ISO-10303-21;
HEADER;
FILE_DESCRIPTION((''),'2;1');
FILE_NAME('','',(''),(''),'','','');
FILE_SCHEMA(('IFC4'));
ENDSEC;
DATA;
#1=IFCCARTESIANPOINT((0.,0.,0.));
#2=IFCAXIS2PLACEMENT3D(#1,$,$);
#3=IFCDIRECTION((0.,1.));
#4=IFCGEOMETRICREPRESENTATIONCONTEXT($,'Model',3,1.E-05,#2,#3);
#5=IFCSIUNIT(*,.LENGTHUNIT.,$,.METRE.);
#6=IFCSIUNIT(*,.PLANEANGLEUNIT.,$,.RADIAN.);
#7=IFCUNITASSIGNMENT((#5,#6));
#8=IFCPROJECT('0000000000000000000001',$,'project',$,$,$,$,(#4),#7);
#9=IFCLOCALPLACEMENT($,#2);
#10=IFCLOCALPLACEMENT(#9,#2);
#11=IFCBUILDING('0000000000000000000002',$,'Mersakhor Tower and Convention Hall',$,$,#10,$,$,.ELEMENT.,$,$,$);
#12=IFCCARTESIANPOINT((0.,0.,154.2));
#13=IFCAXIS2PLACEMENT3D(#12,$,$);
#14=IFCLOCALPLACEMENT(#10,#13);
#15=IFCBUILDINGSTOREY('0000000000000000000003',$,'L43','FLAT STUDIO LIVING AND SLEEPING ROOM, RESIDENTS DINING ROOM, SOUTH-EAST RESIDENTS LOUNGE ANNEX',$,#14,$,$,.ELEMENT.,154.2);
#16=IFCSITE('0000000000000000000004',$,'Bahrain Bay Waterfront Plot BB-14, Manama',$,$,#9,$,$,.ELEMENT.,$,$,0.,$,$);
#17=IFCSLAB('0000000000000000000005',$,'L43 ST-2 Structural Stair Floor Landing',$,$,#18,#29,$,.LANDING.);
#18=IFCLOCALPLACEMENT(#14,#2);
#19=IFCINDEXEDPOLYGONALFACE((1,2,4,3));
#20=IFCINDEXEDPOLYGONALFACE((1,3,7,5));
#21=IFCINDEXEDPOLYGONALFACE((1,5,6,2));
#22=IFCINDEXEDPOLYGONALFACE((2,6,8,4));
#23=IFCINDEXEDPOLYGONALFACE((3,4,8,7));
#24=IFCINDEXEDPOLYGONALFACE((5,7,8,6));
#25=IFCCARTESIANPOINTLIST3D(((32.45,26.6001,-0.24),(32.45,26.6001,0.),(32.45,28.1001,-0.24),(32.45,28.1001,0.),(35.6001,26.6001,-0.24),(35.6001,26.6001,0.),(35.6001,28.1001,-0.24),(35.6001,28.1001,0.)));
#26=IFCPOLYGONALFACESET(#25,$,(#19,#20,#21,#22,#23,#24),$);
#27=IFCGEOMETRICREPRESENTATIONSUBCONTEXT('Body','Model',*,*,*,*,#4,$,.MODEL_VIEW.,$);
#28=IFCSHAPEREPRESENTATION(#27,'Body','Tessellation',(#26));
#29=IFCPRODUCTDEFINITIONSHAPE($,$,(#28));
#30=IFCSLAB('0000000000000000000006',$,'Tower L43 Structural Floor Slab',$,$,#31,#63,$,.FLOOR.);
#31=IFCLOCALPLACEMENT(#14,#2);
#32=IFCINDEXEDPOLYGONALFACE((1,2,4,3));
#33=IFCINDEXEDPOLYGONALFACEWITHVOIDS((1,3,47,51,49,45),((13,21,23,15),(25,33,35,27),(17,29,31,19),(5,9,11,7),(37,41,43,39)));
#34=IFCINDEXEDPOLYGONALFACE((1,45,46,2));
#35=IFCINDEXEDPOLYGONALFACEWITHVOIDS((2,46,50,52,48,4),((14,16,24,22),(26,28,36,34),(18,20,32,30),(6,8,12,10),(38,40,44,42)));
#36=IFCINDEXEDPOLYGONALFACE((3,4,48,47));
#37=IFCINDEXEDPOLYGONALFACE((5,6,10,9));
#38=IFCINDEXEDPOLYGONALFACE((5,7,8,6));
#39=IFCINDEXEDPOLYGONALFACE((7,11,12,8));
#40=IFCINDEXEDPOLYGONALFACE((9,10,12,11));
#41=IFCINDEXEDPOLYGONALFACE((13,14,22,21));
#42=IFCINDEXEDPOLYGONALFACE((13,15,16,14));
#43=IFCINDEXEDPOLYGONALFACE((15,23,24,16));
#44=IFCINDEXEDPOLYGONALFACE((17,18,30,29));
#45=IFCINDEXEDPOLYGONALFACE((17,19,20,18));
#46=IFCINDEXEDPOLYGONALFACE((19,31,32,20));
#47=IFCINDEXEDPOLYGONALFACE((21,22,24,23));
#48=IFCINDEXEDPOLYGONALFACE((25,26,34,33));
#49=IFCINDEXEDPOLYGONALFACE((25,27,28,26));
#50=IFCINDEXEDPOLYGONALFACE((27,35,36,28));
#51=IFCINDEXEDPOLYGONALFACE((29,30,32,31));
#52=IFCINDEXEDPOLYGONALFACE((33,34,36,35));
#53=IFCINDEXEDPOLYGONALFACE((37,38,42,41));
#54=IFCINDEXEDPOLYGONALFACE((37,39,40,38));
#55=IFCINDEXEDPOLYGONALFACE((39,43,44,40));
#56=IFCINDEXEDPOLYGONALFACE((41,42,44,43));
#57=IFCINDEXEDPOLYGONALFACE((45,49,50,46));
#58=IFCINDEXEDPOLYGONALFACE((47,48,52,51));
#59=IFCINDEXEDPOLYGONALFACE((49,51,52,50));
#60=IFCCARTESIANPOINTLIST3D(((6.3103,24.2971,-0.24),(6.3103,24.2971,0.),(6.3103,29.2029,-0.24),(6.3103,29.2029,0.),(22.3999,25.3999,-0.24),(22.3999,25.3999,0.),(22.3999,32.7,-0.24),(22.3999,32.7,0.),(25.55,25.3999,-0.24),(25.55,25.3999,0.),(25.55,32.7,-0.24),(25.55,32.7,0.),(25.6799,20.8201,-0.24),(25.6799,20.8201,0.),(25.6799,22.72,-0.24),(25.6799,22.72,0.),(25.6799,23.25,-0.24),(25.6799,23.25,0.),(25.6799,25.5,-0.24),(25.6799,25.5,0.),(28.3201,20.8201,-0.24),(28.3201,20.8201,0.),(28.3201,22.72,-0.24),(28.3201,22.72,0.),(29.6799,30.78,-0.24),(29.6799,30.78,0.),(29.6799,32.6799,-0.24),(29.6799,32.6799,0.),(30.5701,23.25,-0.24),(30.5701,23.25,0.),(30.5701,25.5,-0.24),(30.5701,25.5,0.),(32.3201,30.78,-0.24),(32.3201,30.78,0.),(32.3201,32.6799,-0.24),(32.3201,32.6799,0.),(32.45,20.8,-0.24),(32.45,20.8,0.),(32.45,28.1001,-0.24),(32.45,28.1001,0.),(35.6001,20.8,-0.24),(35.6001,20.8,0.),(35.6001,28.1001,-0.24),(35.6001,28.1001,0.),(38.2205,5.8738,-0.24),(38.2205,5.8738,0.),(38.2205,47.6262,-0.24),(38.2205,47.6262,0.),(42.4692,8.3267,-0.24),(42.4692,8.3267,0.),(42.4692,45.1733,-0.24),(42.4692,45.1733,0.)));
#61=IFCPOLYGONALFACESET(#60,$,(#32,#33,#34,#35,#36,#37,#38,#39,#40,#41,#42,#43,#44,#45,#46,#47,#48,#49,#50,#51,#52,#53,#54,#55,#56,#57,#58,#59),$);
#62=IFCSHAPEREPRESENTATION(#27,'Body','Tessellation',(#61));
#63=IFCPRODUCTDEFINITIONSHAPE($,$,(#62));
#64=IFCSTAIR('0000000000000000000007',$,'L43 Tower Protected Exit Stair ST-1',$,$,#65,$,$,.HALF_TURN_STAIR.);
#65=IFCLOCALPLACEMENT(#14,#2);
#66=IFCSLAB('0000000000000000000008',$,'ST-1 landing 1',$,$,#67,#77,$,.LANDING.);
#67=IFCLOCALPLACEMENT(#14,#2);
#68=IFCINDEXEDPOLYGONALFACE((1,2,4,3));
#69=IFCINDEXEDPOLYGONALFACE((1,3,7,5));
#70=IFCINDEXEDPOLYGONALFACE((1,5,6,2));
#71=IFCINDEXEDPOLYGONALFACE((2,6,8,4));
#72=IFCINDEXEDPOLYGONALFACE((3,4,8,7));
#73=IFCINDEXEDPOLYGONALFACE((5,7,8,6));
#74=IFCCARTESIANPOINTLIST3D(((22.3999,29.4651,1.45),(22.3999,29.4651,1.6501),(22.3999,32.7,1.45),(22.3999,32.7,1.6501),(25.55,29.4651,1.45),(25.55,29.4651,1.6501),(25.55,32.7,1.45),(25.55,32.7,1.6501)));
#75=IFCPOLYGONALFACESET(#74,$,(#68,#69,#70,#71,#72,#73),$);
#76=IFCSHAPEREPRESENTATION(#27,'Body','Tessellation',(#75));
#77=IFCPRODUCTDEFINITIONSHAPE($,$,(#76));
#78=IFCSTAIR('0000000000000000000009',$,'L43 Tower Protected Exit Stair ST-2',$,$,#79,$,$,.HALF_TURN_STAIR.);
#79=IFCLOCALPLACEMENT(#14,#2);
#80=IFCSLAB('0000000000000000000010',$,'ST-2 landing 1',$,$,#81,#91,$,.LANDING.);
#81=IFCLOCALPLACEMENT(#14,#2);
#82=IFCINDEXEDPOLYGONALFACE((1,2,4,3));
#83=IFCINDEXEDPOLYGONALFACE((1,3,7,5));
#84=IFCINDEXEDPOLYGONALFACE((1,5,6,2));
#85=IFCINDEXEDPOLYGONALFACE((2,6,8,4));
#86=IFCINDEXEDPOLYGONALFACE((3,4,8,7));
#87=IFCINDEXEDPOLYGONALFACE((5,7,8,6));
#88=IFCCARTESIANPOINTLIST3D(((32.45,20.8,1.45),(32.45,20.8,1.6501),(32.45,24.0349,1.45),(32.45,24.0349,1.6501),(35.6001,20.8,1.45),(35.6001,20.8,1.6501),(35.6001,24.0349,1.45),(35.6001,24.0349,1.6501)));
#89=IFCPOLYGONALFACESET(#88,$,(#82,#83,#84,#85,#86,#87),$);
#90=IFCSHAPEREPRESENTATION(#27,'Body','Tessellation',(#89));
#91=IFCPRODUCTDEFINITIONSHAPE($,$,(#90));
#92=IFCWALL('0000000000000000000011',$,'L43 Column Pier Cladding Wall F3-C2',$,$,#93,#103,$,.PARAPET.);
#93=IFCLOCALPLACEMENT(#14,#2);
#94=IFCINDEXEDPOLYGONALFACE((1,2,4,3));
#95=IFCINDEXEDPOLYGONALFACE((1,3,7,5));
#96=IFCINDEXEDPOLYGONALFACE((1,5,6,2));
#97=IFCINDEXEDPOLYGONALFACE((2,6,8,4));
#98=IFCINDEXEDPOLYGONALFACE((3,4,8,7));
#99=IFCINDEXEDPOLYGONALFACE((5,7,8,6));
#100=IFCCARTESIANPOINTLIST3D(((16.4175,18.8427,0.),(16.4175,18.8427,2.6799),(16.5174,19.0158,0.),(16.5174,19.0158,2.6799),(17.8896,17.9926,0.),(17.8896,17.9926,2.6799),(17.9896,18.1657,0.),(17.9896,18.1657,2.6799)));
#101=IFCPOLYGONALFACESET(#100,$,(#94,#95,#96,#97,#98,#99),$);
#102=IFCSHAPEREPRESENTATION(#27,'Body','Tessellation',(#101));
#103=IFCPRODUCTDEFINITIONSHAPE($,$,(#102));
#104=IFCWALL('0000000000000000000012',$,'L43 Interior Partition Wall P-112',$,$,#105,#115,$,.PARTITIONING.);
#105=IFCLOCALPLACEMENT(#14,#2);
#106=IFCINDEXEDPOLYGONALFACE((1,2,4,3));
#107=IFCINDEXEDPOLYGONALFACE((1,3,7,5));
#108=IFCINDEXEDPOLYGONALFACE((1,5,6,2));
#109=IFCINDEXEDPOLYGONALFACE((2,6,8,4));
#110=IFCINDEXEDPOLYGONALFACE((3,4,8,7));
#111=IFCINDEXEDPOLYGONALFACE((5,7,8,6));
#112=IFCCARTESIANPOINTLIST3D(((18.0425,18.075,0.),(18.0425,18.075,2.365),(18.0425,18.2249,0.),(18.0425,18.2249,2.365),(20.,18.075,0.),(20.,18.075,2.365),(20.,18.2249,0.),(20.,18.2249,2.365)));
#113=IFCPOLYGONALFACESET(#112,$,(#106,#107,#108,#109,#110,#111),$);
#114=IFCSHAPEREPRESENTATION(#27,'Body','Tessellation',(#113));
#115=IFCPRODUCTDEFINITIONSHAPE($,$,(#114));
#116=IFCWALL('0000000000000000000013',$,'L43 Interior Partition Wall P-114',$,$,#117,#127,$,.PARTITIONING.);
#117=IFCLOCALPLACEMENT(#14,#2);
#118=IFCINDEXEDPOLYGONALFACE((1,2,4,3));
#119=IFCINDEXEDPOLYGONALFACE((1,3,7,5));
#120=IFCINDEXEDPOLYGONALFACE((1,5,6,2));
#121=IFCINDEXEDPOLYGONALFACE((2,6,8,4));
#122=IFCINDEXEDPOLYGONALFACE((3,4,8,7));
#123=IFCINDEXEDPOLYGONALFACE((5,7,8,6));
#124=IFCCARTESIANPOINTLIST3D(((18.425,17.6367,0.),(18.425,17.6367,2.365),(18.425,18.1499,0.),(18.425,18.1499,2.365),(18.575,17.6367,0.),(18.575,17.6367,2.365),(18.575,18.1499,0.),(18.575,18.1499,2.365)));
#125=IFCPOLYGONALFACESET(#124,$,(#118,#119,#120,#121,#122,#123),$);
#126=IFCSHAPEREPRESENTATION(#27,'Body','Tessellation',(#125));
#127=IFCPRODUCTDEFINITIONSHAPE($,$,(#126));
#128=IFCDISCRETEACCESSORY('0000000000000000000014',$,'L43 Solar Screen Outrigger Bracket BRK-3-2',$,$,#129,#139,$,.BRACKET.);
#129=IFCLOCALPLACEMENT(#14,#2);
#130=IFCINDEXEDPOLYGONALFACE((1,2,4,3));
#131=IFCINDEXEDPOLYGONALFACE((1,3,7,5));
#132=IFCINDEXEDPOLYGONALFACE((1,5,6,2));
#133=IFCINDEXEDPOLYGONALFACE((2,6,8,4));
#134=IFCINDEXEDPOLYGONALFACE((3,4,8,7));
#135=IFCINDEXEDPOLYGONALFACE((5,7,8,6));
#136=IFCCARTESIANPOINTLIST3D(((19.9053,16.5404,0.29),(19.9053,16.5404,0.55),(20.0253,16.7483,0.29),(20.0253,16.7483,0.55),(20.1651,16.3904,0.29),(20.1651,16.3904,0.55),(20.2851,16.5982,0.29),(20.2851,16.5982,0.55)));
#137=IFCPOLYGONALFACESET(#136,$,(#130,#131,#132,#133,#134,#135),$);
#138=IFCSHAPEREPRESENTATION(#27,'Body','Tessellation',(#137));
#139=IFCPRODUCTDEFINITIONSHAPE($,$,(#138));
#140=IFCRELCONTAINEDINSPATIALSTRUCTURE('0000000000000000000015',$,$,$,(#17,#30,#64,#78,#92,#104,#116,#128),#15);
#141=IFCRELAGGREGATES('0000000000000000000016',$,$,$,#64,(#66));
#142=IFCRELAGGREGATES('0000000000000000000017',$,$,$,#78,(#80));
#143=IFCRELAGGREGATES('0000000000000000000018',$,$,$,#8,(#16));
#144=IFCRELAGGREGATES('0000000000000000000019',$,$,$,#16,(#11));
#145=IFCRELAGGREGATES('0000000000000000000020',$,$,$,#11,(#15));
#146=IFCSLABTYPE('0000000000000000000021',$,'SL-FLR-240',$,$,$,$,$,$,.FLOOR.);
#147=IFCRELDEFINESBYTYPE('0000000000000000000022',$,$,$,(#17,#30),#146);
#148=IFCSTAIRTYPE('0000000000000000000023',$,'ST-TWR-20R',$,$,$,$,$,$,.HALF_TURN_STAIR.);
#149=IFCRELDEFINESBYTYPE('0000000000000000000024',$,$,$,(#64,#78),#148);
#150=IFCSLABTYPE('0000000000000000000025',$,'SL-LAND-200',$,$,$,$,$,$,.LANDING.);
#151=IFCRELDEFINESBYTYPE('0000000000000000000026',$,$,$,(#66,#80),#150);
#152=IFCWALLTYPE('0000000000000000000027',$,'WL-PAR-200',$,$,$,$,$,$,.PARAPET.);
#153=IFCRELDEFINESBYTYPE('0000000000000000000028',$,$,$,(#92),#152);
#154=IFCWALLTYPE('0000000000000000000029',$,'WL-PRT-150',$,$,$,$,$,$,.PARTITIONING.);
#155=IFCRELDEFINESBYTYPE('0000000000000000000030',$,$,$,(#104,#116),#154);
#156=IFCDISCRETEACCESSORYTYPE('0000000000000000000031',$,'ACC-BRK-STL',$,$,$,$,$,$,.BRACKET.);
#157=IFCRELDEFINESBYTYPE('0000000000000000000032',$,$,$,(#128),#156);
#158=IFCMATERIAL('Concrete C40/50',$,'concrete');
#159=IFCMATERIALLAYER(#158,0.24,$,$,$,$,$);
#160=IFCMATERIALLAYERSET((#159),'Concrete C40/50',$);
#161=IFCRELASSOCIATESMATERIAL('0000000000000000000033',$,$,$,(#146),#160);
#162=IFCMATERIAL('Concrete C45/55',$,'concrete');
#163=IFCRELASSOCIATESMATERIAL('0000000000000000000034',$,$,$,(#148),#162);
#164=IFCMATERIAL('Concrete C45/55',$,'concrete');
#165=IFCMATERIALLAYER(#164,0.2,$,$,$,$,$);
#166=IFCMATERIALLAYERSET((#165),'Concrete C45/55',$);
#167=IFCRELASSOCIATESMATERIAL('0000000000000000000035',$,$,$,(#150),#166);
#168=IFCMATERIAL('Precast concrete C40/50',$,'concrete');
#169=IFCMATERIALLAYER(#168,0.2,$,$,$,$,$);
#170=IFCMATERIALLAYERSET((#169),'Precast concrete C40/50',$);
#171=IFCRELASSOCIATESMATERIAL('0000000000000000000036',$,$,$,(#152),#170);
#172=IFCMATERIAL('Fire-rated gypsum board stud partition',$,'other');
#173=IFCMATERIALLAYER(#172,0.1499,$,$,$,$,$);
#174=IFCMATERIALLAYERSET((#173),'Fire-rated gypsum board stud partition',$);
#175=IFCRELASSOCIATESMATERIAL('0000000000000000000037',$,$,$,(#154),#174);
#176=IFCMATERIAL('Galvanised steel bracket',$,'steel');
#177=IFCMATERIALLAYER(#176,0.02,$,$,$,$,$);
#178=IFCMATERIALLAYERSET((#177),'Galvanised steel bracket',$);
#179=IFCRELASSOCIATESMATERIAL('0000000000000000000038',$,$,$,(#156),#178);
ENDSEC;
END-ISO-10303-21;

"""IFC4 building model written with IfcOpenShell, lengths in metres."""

from ifc_helpers import new_model, si_unit, direction, frame, frame_2d, origin, origin_2d, place, context, subcontext, project, spatial, polyline, rectangle, outline, extrude, material, layer, layer_set, type_object, element, aggregate, save


model = new_model("IFC4")

# Units and contexts
model_context = context("Model", 3, precision=1e-05, world=origin(), true_north=direction((0.0, 1.0)))
body_context = subcontext(model_context, "Body", "Model", "MODEL_VIEW")
ifc_project = project(units=[si_unit("LENGTHUNIT", "METRE"), si_unit("PLANEANGLEUNIT", "RADIAN")], contexts=[model_context])

# Site, building, storey
site_placement = place(None, origin())
site = spatial("IfcSite", under=ifc_project, at=site_placement, Name="Bahrain Bay Waterfront Plot BB-14, Manama", CompositionType="ELEMENT", RefElevation=0.0)
building_placement = place(site_placement, origin())
building = spatial("IfcBuilding", under=site, at=building_placement, Name="Mersakhor Tower and Convention Hall", CompositionType="ELEMENT")
storey_placement = place(building_placement, frame((0.0, 0.0, 154.2)))
storey = spatial("IfcBuildingStorey", under=building, at=storey_placement, Name="L43", Description="FLAT STUDIO LIVING AND SLEEPING ROOM, RESIDENTS DINING ROOM, SOUTH-EAST RESIDENTS LOUNGE ANNEX", CompositionType="ELEMENT", Elevation=154.2)

# Slabs
ifc_material_1 = material(Name="Concrete C40/50", Category="concrete")
ifc_layer_1 = layer(ifc_material_1, 0.24)
ifc_layer_set_1 = layer_set([ifc_layer_1], Name="Concrete C40/50")
slab_type_1 = type_object("IfcSlabType", Name="SL-FLR-240", PredefinedType="FLOOR", material=ifc_layer_set_1)
slab_1_placement = place(storey_placement, frame((0.0, 0.0, -0.24)))
element("IfcSlab", 1, at=slab_1_placement, inside=storey, type_object=slab_type_1, Name="L43 ST-2 Structural Stair Floor Landing", PredefinedType="LANDING", context=body_context, shape_type="SweptSolid", body=[
    extrude(outline(polyline([(32.45, 28.1001), (32.45, 26.6001), (35.6001, 26.6001), (35.6001, 28.1001), (32.45, 28.1001)])), origin(), (0.0, 0.0, 1.0), 0.24),
])
slab_2_placement = place(storey_placement, frame((0.0, 0.0, -0.24)))
element("IfcSlab", 2, at=slab_2_placement, inside=storey, type_object=slab_type_1, Name="Tower L43 Structural Floor Slab", PredefinedType="FLOOR", context=body_context, shape_type="SweptSolid", body=[
    extrude(outline(polyline([(6.3103, 29.2029), (38.2205, 47.6262), (42.4692, 45.1733), (42.4692, 8.3267), (38.2205, 5.8738), (6.3103, 24.2971), (6.3103, 29.2029)]), holes=[polyline([(25.55, 25.3999), (25.55, 32.7), (22.3999, 32.7), (22.3999, 25.3999), (25.55, 25.3999)]), polyline([(32.45, 28.1001), (32.45, 20.8), (35.6001, 20.8), (35.6001, 28.1001), (32.45, 28.1001)]), polyline([(25.6799, 20.8201), (25.6799, 22.72), (28.3201, 22.72), (28.3201, 20.8201), (25.6799, 20.8201)]), polyline([(29.6799, 30.78), (29.6799, 32.6799), (32.3201, 32.6799), (32.3201, 30.78), (29.6799, 30.78)]), polyline([(25.6799, 23.25), (25.6799, 25.5), (30.5701, 25.5), (30.5701, 23.25), (25.6799, 23.25)])]), origin(), (0.0, 0.0, 1.0), 0.24),
])

# Stairs, slabs
ifc_material_2 = material(Name="Concrete C45/55", Category="concrete")
stair_type = type_object("IfcStairType", Name="ST-TWR-20R", PredefinedType="HALF_TURN_STAIR", material=ifc_material_2)
stair_1_placement = place(storey_placement, origin())
stair_1 = element("IfcStair", 3, at=stair_1_placement, inside=storey, type_object=stair_type, Name="L43 Tower Protected Exit Stair ST-1", PredefinedType="HALF_TURN_STAIR")
ifc_material_3 = material(Name="Concrete C45/55", Category="concrete")
ifc_layer_2 = layer(ifc_material_3, 0.2)
ifc_layer_set_2 = layer_set([ifc_layer_2], Name="Concrete C45/55")
slab_type_2 = type_object("IfcSlabType", Name="SL-LAND-200", PredefinedType="LANDING", material=ifc_layer_set_2)
slab_3_placement = place(storey_placement, frame((0.0, 0.0, 1.45)))
slab_3 = element("IfcSlab", 4, at=slab_3_placement, type_object=slab_type_2, Name="ST-1 landing 1", PredefinedType="LANDING", context=body_context, shape_type="SweptSolid", body=[
    extrude(outline(polyline([(25.55, 29.4651), (25.55, 32.7), (22.3999, 32.7), (22.3999, 29.4651), (25.55, 29.4651)])), origin(), (0.0, 0.0, 1.0), 0.2002),
])
aggregate(stair_1, [slab_3])
stair_2_placement = place(storey_placement, origin())
stair_2 = element("IfcStair", 5, at=stair_2_placement, inside=storey, type_object=stair_type, Name="L43 Tower Protected Exit Stair ST-2", PredefinedType="HALF_TURN_STAIR")
slab_4_placement = place(storey_placement, frame((0.0, 0.0, 1.45)))
slab_4 = element("IfcSlab", 6, at=slab_4_placement, type_object=slab_type_2, Name="ST-2 landing 1", PredefinedType="LANDING", context=body_context, shape_type="SweptSolid", body=[
    extrude(outline(polyline([(32.45, 24.0349), (32.45, 20.8), (35.6001, 20.8), (35.6001, 24.0349), (32.45, 24.0349)])), origin(), (0.0, 0.0, 1.0), 0.2002),
])
aggregate(stair_2, [slab_4])

# Walls
ifc_material_4 = material(Name="Precast concrete C40/50", Category="concrete")
ifc_layer_3 = layer(ifc_material_4, 0.2)
ifc_layer_set_3 = layer_set([ifc_layer_3], Name="Precast concrete C40/50")
wall_type_1 = type_object("IfcWallType", Name="WL-PAR-200", PredefinedType="PARAPET", material=ifc_layer_set_3)
wall_1_placement = place(storey_placement, frame((17.9397, 18.0791, 0.0), z_axis=(0.0, 0.0, 1.0), x_axis=(-0.865989, 0.500062, 0.0)))
element("IfcWall", 7, at=wall_1_placement, inside=storey, type_object=wall_type_1, Name="L43 Column Pier Cladding Wall F3-C2", PredefinedType="PARAPET", context=body_context, shape_type="SweptSolid", body=[
    extrude(rectangle(XDim=1.7, YDim=0.2, at=frame_2d((0.8501, 0.0))), origin(), (0.0, 0.0, 1.0), 2.6799),
])
ifc_material_5 = material(Name="Fire-rated gypsum board stud partition", Category="other")
ifc_layer_4 = layer(ifc_material_5, 0.1499)
ifc_layer_set_4 = layer_set([ifc_layer_4], Name="Fire-rated gypsum board stud partition")
wall_type_2 = type_object("IfcWallType", Name="WL-PRT-150", PredefinedType="PARTITIONING", material=ifc_layer_set_4)
wall_2_placement = place(storey_placement, frame((18.0425, 18.1499, 0.0), z_axis=(0.0, 0.0, 1.0), x_axis=(1.0, 0.0, 0.0)))
element("IfcWall", 8, at=wall_2_placement, inside=storey, type_object=wall_type_2, Name="L43 Interior Partition Wall P-112", PredefinedType="PARTITIONING", context=body_context, shape_type="SweptSolid", body=[
    extrude(rectangle(XDim=1.9575, YDim=0.1499, at=frame_2d((0.9788, 0.0))), origin(), (0.0, 0.0, 1.0), 2.365),
])
wall_3_placement = place(storey_placement, frame((18.5, 17.6367, 0.0), z_axis=(0.0, 0.0, 1.0), x_axis=(0.0, 1.0, 0.0)))
element("IfcWall", 9, at=wall_3_placement, inside=storey, type_object=wall_type_2, Name="L43 Interior Partition Wall P-114", PredefinedType="PARTITIONING", context=body_context, shape_type="SweptSolid", body=[
    extrude(rectangle(XDim=0.5132, YDim=0.1499, at=frame_2d((0.2566, 0.0))), origin(), (0.0, 0.0, 1.0), 2.365),
])

# Discrete accessory
ifc_material_6 = material(Name="Galvanised steel bracket", Category="steel")
ifc_layer_5 = layer(ifc_material_6, 0.02)
ifc_layer_set_5 = layer_set([ifc_layer_5], Name="Galvanised steel bracket")
discrete_accessory_type = type_object("IfcDiscreteAccessoryType", Name="ACC-BRK-STL", PredefinedType="BRACKET", material=ifc_layer_set_5)
discrete_accessory_placement = place(storey_placement, frame((20.0952, 16.5693, 0.29), z_axis=(0.0, 0.0, 1.0), x_axis=(-0.866025, 0.5, 0.0)))
element("IfcDiscreteAccessory", 10, at=discrete_accessory_placement, inside=storey, type_object=discrete_accessory_type, Name="L43 Solar Screen Outrigger Bracket BRK-3-2", PredefinedType="BRACKET", context=body_context, shape_type="SweptSolid", body=[
    extrude(rectangle(XDim=0.3, YDim=0.24, at=origin_2d()), origin(), (0.0, 0.0, 1.0), 0.26),
])

save(model, "model.ifc")
